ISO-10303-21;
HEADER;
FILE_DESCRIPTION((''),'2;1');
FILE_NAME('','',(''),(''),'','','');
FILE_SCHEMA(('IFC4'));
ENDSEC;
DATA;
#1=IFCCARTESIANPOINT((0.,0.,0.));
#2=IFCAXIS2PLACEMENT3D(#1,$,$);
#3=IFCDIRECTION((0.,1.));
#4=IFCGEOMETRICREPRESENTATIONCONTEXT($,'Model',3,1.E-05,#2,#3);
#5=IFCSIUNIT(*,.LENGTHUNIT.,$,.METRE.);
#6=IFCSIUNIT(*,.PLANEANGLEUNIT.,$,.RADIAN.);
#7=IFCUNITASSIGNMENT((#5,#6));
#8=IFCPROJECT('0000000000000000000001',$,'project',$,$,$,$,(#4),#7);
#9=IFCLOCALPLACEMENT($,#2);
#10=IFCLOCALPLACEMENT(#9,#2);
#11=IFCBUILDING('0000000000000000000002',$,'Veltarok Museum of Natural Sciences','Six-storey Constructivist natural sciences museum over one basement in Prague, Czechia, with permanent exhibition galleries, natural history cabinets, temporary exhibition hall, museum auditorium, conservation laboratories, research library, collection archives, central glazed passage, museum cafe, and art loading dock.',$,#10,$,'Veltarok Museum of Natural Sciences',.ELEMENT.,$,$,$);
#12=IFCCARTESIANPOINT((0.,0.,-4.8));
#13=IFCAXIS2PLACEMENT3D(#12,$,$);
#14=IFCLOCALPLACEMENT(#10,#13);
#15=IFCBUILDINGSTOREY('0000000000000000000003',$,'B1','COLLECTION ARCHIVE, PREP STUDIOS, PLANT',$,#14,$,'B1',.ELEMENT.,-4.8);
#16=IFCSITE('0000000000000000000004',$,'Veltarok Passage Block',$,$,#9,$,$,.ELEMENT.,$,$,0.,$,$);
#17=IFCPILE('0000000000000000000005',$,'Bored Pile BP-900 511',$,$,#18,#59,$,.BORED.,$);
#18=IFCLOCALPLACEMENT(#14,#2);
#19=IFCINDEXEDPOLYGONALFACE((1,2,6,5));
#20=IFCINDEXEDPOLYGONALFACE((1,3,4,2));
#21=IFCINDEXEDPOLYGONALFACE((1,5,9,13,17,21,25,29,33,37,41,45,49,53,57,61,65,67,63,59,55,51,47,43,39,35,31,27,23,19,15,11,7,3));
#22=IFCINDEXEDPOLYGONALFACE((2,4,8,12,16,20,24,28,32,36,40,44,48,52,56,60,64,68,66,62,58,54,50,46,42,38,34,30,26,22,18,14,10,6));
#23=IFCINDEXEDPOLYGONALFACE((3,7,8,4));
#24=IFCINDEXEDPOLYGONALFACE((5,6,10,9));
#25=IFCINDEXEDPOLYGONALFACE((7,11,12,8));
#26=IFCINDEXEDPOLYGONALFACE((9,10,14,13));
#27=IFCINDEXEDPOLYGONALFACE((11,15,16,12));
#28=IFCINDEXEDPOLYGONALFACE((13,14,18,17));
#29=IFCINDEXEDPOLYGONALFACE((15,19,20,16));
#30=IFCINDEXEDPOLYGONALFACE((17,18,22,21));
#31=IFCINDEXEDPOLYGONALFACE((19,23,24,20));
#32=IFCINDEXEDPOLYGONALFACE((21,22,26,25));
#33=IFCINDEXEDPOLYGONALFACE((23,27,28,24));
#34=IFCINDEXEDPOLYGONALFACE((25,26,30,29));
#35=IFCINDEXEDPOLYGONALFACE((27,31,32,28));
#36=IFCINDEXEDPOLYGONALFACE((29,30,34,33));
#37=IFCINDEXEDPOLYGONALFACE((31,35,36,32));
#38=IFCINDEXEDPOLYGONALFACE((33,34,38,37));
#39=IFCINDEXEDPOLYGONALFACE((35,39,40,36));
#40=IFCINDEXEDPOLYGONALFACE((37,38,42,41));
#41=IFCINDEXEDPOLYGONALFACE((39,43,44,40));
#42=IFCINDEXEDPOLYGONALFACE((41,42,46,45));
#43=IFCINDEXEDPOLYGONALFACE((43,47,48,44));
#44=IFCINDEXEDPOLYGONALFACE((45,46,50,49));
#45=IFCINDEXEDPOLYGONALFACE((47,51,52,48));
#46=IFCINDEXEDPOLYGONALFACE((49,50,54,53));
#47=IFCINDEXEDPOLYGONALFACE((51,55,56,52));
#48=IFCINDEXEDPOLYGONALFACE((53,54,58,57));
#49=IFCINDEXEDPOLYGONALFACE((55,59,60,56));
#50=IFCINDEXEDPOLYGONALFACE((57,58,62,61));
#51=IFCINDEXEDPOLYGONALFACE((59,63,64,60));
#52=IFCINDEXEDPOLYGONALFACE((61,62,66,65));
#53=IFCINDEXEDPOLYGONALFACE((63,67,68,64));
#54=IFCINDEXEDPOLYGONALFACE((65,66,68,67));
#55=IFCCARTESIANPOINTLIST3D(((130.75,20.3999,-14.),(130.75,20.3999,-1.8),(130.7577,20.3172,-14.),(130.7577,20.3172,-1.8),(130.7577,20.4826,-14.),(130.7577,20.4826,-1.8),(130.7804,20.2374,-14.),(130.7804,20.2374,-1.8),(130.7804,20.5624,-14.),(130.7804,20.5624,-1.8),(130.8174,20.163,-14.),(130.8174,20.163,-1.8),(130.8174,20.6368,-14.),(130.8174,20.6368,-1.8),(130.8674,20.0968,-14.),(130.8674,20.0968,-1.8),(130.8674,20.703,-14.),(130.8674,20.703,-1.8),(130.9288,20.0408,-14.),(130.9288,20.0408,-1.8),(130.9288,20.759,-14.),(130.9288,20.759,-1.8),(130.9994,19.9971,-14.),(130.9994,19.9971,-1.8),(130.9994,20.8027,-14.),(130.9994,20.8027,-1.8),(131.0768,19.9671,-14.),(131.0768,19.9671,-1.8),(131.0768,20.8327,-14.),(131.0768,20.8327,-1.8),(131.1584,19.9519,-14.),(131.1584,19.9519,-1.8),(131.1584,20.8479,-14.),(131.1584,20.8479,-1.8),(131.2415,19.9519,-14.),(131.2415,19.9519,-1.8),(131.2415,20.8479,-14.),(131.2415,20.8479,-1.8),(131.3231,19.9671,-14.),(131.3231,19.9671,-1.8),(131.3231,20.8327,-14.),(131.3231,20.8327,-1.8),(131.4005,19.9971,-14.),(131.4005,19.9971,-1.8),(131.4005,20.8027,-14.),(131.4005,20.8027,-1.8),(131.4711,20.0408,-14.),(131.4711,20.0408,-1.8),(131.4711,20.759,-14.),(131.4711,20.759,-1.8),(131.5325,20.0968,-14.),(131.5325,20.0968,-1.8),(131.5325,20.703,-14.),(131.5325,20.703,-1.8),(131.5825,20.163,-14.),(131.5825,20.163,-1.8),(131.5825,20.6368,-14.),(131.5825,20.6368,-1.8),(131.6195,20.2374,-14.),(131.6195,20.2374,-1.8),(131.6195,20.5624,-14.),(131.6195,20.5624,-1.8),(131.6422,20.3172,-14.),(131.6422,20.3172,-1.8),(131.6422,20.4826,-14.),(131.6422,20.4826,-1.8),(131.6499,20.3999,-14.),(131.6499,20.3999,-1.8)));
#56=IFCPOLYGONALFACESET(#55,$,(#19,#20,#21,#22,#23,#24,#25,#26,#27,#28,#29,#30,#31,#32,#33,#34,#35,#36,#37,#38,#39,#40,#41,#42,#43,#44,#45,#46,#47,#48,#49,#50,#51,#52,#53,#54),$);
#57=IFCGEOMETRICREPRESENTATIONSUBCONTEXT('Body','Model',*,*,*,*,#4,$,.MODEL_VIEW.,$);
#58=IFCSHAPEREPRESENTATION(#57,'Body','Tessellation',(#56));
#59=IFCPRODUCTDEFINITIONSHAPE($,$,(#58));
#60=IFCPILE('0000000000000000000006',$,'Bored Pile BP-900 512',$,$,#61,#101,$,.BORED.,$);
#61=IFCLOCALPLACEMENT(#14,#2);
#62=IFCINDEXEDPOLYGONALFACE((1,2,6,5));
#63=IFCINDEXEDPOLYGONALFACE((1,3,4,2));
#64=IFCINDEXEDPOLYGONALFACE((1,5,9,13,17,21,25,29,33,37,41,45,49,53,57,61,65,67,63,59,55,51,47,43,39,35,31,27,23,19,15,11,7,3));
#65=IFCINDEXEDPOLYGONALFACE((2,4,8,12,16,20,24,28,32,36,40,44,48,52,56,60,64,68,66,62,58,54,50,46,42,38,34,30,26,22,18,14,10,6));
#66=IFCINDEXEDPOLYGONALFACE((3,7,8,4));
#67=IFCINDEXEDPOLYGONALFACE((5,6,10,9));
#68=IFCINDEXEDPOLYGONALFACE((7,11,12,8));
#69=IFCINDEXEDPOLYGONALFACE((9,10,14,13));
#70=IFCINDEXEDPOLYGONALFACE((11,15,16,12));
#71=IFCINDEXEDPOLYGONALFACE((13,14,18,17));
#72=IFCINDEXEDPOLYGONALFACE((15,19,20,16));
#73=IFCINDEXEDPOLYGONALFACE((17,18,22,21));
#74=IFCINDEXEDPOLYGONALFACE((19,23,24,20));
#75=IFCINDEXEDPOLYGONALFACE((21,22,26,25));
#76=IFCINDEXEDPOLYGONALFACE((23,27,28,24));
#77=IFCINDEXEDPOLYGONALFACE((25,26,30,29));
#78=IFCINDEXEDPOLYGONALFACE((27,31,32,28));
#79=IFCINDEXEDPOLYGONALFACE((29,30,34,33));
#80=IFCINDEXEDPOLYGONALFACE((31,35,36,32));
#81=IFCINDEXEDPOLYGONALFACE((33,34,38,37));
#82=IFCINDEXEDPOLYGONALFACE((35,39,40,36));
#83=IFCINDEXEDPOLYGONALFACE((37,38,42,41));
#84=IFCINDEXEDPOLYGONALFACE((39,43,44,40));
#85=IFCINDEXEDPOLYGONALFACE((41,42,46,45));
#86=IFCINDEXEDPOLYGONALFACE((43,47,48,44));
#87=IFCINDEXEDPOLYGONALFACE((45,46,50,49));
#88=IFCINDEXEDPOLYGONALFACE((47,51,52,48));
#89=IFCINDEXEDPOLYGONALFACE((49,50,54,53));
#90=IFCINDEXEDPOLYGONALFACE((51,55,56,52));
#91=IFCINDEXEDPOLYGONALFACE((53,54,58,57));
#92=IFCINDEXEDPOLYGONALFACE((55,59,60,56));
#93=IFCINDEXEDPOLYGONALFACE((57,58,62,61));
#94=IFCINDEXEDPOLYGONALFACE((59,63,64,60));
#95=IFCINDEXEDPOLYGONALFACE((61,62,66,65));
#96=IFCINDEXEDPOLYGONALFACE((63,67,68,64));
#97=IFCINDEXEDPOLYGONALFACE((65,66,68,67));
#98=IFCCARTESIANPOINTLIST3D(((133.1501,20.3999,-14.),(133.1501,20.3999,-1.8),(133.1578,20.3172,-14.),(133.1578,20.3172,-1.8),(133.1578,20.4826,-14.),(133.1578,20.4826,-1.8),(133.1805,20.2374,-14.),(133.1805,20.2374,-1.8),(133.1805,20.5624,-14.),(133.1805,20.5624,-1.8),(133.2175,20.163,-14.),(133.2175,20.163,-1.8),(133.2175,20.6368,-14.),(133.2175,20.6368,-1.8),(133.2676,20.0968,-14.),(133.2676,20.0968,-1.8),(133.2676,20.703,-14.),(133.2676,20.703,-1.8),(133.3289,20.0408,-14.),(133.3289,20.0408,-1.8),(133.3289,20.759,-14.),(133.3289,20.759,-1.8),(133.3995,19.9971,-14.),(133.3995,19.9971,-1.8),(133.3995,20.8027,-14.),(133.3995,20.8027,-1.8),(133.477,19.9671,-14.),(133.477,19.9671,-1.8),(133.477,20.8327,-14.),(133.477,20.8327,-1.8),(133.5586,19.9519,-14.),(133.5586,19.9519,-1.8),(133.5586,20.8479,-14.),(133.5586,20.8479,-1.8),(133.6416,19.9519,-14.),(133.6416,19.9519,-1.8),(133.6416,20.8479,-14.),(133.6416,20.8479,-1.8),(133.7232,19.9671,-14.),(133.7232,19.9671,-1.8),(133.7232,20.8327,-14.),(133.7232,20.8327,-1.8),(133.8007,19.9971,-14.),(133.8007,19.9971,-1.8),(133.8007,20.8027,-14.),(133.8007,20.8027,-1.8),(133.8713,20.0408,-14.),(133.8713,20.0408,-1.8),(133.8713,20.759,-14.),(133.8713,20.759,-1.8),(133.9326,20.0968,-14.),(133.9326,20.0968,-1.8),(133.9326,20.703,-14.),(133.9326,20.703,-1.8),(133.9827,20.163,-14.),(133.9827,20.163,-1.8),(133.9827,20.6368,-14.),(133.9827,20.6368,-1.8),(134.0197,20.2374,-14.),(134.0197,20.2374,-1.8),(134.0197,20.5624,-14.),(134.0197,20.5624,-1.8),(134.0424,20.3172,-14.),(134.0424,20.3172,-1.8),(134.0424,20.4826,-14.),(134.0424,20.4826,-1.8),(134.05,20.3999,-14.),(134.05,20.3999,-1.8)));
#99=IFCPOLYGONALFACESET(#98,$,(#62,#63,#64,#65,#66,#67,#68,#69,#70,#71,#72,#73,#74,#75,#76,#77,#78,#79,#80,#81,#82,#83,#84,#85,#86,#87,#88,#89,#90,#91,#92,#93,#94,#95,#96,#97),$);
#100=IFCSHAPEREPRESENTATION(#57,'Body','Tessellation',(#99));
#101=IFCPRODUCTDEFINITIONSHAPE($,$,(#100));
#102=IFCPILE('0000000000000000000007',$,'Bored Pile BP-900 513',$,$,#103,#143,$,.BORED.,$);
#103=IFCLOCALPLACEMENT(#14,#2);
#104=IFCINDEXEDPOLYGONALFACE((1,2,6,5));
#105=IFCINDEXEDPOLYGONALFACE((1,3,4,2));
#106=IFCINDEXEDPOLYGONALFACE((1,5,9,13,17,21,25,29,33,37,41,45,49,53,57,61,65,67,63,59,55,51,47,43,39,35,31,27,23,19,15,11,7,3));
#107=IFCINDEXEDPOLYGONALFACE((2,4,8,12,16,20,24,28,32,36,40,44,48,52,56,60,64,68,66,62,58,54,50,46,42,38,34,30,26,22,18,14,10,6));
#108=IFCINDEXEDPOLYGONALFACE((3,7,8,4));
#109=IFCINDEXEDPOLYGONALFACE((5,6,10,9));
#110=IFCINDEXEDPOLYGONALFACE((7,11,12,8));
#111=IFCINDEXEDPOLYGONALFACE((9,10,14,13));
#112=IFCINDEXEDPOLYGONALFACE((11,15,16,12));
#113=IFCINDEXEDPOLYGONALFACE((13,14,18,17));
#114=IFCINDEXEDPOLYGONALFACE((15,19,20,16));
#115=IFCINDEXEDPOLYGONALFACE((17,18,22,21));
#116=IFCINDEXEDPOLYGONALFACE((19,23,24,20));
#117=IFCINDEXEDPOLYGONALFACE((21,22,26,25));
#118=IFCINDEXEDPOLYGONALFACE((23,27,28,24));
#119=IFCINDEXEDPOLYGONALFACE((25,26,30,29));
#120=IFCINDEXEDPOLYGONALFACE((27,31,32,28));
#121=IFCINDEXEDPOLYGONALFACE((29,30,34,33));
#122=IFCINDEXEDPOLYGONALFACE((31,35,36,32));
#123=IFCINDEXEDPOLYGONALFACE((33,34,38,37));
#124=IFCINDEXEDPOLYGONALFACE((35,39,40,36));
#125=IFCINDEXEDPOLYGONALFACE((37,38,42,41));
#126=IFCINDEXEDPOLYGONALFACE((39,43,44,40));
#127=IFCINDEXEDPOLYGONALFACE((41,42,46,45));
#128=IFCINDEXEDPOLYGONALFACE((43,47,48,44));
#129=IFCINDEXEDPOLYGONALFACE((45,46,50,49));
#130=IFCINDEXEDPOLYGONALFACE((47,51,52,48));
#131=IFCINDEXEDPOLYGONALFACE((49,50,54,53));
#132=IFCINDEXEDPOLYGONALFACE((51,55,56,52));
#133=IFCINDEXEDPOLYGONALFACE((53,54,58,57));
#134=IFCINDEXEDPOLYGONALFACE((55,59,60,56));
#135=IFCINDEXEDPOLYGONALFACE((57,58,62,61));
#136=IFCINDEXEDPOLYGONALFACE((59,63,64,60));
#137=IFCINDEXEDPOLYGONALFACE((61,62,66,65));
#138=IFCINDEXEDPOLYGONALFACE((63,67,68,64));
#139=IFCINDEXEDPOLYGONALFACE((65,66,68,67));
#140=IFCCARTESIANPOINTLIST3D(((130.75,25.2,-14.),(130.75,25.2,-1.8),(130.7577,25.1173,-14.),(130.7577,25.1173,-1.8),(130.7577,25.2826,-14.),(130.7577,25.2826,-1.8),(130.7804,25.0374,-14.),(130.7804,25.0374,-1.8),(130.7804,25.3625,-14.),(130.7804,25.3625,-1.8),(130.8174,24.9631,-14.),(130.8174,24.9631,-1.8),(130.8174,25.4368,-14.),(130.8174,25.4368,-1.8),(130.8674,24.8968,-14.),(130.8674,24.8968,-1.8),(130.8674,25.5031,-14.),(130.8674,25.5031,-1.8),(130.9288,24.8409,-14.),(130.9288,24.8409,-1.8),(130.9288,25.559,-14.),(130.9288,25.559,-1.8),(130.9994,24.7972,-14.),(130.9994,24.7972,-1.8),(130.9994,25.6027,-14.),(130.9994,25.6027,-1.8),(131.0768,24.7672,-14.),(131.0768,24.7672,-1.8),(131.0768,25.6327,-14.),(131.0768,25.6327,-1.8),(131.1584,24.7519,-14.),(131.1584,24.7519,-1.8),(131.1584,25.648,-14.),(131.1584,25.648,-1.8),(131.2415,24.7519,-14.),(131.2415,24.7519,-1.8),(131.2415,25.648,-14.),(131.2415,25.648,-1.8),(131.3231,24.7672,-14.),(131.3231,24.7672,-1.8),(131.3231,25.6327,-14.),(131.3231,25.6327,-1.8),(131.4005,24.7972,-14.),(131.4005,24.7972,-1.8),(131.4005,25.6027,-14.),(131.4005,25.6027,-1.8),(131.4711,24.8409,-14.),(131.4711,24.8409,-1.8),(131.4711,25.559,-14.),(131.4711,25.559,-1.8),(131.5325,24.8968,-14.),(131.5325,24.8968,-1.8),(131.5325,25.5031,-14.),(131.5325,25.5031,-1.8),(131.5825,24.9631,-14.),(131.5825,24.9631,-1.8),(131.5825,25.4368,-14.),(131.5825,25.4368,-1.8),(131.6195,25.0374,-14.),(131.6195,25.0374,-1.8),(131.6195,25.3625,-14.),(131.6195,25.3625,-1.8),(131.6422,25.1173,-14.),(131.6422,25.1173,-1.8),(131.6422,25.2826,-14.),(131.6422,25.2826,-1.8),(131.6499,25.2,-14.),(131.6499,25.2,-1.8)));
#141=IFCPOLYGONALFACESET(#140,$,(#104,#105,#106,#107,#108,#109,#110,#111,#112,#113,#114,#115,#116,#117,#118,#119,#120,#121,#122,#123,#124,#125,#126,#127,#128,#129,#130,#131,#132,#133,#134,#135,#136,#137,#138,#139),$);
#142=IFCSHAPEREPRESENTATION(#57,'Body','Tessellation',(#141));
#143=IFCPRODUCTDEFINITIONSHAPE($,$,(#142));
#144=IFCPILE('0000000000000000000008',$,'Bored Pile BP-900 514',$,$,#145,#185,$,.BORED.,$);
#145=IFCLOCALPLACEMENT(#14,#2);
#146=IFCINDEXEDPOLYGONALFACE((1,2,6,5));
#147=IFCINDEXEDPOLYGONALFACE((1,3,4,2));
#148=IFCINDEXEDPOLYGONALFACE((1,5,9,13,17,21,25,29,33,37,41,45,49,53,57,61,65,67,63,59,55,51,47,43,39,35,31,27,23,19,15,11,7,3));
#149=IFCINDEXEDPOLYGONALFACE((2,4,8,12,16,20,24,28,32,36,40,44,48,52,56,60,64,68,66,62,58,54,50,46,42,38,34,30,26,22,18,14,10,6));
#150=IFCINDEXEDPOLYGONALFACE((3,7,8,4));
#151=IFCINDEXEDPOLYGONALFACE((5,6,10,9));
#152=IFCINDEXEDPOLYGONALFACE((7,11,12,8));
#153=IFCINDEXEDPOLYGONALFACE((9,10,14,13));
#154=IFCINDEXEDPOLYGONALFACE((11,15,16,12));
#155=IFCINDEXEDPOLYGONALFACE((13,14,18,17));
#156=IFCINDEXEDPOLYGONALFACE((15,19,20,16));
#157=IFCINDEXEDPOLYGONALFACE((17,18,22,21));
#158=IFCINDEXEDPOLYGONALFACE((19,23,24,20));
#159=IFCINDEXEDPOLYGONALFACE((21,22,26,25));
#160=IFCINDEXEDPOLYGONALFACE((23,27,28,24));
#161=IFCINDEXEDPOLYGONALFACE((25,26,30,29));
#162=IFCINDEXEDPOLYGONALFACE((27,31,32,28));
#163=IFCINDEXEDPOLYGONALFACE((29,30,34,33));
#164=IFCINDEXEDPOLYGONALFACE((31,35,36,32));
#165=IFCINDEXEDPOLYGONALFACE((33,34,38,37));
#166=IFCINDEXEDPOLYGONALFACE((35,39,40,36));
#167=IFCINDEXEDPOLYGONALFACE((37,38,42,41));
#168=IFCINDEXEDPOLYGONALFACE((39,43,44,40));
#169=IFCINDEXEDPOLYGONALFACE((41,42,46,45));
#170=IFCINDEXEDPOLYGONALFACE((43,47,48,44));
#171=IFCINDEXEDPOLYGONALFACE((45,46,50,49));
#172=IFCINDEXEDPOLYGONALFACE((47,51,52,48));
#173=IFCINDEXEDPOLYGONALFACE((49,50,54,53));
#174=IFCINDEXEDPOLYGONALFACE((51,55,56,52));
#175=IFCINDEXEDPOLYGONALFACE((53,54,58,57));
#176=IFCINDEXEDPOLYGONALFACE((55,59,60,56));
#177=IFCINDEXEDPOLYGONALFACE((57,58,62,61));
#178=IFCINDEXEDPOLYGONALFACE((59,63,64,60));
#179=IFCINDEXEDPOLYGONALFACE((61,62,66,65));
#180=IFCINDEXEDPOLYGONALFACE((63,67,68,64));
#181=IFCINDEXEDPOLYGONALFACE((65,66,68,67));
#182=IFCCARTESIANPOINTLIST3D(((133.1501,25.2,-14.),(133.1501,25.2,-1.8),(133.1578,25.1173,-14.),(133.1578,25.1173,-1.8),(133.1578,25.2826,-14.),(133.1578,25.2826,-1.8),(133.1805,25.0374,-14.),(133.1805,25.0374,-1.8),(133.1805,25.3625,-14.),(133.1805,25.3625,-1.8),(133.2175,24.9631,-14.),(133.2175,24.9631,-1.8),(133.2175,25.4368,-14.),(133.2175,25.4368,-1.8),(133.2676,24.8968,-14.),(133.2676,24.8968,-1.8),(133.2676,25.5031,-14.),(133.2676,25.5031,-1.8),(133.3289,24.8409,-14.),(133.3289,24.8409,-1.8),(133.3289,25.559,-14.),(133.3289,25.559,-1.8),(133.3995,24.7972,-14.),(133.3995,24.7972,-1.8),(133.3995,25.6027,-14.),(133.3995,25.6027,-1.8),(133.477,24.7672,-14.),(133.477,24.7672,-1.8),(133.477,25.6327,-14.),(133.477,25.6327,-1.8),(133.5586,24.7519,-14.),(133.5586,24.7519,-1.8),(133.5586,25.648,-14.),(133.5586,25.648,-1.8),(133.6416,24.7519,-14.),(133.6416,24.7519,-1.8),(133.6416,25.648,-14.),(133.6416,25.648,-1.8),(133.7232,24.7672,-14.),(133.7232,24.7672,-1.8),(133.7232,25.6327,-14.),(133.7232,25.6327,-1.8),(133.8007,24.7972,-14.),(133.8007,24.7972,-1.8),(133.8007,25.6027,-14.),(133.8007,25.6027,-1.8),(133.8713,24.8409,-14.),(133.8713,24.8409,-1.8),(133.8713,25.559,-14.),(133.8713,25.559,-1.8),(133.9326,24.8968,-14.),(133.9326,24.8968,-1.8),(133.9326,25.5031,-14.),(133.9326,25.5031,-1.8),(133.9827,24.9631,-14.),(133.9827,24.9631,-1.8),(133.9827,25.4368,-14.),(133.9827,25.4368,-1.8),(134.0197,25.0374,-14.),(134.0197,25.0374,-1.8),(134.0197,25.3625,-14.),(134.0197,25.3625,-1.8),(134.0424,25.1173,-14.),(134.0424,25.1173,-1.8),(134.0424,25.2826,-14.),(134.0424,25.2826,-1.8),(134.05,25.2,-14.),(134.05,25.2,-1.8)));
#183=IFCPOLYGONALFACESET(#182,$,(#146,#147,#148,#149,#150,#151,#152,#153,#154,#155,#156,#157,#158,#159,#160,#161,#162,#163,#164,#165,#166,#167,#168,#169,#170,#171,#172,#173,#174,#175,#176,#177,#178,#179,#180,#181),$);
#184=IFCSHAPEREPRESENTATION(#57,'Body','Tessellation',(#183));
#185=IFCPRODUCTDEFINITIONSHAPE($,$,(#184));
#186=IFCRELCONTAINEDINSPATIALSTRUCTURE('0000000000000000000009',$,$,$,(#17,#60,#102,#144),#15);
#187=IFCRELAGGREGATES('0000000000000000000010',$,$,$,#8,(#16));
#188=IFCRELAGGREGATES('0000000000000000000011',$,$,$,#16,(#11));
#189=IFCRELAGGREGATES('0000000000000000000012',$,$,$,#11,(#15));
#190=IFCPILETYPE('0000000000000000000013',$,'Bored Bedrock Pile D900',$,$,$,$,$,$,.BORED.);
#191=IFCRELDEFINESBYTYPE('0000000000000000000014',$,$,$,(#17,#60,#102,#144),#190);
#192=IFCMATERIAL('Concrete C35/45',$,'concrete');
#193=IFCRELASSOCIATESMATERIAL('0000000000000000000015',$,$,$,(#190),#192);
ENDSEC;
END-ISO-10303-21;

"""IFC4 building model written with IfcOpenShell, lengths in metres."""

from ifc_helpers import new_model, si_unit, direction, frame, origin, origin_2d, place, context, subcontext, project, spatial, circle, extrude, material, material_profile, profile_set, type_object, element, save


model = new_model("IFC4")

# Units and contexts
model_context = context("Model", 3, precision=1e-05, world=origin(), true_north=direction((0.0, 1.0)))
body_context = subcontext(model_context, "Body", "Model", "MODEL_VIEW")
ifc_project = project(units=[si_unit("LENGTHUNIT", "METRE"), si_unit("PLANEANGLEUNIT", "RADIAN")], contexts=[model_context])

# Site, building, storey
site_placement = place(None, origin())
site = spatial("IfcSite", under=ifc_project, at=site_placement, Name="Veltarok Passage Block", CompositionType="ELEMENT", RefElevation=0.0)
building_placement = place(site_placement, origin())
building = spatial("IfcBuilding", under=site, at=building_placement, Name="Veltarok Museum of Natural Sciences", Description="Six-storey Constructivist natural sciences museum over one basement in Prague, Czechia, with permanent exhibition galleries, natural history cabinets, temporary exhibition hall, museum auditorium, conservation laboratories, research library, collection archives, central glazed passage, museum cafe, and art loading dock.", LongName="Veltarok Museum of Natural Sciences", CompositionType="ELEMENT")
storey_placement = place(building_placement, frame((0.0, 0.0, -4.8)))
storey = spatial("IfcBuildingStorey", under=building, at=storey_placement, Name="B1", Description="COLLECTION ARCHIVE, PREP STUDIOS, PLANT", LongName="B1", CompositionType="ELEMENT", Elevation=-4.8)

# Piles
ifc_material_1 = material(Name="Concrete C35/45", Category="concrete")
ifc_material_profile_1 = material_profile(ifc_material_1, circle(Radius=0.45, at=origin_2d()), Name="BP D900")
ifc_profile_set_1 = profile_set([ifc_material_profile_1], Name="Concrete C35/45")
pile_type = type_object("IfcPileType", Name="Bored Bedrock Pile D900", PredefinedType="BORED", material=ifc_profile_set_1)
for number, where, z_axis, x_axis, name in (
    (1, (131.2, 20.3999, -1.8), (0.0, 0.0, -1.0), (1.0, 0.0, 0.0), "Bored Pile BP-900 511"),
    (2, (133.6001, 20.3999, -1.8), (0.0, 0.0, -1.0), (1.0, 0.0, 0.0), "Bored Pile BP-900 512"),
    (3, (131.2, 25.2, -1.8), (0.0, 0.0, -1.0), (1.0, 0.0, 0.0), "Bored Pile BP-900 513"),
    (4, (133.6001, 25.2, -1.8), (0.0, 0.0, -1.0), (1.0, 0.0, 0.0), "Bored Pile BP-900 514"),
):
    element("IfcPile", number, at=place(storey_placement, frame(where, z_axis=z_axis, x_axis=x_axis)), inside=storey, type_object=pile_type, Name=name, PredefinedType="BORED", context=body_context, shape_type="SweptSolid", body=[
        extrude(circle(Radius=0.45, at=origin_2d()), origin(), (0.0, 0.0, 1.0), 12.2),
    ])

save(model, "model.ifc")
